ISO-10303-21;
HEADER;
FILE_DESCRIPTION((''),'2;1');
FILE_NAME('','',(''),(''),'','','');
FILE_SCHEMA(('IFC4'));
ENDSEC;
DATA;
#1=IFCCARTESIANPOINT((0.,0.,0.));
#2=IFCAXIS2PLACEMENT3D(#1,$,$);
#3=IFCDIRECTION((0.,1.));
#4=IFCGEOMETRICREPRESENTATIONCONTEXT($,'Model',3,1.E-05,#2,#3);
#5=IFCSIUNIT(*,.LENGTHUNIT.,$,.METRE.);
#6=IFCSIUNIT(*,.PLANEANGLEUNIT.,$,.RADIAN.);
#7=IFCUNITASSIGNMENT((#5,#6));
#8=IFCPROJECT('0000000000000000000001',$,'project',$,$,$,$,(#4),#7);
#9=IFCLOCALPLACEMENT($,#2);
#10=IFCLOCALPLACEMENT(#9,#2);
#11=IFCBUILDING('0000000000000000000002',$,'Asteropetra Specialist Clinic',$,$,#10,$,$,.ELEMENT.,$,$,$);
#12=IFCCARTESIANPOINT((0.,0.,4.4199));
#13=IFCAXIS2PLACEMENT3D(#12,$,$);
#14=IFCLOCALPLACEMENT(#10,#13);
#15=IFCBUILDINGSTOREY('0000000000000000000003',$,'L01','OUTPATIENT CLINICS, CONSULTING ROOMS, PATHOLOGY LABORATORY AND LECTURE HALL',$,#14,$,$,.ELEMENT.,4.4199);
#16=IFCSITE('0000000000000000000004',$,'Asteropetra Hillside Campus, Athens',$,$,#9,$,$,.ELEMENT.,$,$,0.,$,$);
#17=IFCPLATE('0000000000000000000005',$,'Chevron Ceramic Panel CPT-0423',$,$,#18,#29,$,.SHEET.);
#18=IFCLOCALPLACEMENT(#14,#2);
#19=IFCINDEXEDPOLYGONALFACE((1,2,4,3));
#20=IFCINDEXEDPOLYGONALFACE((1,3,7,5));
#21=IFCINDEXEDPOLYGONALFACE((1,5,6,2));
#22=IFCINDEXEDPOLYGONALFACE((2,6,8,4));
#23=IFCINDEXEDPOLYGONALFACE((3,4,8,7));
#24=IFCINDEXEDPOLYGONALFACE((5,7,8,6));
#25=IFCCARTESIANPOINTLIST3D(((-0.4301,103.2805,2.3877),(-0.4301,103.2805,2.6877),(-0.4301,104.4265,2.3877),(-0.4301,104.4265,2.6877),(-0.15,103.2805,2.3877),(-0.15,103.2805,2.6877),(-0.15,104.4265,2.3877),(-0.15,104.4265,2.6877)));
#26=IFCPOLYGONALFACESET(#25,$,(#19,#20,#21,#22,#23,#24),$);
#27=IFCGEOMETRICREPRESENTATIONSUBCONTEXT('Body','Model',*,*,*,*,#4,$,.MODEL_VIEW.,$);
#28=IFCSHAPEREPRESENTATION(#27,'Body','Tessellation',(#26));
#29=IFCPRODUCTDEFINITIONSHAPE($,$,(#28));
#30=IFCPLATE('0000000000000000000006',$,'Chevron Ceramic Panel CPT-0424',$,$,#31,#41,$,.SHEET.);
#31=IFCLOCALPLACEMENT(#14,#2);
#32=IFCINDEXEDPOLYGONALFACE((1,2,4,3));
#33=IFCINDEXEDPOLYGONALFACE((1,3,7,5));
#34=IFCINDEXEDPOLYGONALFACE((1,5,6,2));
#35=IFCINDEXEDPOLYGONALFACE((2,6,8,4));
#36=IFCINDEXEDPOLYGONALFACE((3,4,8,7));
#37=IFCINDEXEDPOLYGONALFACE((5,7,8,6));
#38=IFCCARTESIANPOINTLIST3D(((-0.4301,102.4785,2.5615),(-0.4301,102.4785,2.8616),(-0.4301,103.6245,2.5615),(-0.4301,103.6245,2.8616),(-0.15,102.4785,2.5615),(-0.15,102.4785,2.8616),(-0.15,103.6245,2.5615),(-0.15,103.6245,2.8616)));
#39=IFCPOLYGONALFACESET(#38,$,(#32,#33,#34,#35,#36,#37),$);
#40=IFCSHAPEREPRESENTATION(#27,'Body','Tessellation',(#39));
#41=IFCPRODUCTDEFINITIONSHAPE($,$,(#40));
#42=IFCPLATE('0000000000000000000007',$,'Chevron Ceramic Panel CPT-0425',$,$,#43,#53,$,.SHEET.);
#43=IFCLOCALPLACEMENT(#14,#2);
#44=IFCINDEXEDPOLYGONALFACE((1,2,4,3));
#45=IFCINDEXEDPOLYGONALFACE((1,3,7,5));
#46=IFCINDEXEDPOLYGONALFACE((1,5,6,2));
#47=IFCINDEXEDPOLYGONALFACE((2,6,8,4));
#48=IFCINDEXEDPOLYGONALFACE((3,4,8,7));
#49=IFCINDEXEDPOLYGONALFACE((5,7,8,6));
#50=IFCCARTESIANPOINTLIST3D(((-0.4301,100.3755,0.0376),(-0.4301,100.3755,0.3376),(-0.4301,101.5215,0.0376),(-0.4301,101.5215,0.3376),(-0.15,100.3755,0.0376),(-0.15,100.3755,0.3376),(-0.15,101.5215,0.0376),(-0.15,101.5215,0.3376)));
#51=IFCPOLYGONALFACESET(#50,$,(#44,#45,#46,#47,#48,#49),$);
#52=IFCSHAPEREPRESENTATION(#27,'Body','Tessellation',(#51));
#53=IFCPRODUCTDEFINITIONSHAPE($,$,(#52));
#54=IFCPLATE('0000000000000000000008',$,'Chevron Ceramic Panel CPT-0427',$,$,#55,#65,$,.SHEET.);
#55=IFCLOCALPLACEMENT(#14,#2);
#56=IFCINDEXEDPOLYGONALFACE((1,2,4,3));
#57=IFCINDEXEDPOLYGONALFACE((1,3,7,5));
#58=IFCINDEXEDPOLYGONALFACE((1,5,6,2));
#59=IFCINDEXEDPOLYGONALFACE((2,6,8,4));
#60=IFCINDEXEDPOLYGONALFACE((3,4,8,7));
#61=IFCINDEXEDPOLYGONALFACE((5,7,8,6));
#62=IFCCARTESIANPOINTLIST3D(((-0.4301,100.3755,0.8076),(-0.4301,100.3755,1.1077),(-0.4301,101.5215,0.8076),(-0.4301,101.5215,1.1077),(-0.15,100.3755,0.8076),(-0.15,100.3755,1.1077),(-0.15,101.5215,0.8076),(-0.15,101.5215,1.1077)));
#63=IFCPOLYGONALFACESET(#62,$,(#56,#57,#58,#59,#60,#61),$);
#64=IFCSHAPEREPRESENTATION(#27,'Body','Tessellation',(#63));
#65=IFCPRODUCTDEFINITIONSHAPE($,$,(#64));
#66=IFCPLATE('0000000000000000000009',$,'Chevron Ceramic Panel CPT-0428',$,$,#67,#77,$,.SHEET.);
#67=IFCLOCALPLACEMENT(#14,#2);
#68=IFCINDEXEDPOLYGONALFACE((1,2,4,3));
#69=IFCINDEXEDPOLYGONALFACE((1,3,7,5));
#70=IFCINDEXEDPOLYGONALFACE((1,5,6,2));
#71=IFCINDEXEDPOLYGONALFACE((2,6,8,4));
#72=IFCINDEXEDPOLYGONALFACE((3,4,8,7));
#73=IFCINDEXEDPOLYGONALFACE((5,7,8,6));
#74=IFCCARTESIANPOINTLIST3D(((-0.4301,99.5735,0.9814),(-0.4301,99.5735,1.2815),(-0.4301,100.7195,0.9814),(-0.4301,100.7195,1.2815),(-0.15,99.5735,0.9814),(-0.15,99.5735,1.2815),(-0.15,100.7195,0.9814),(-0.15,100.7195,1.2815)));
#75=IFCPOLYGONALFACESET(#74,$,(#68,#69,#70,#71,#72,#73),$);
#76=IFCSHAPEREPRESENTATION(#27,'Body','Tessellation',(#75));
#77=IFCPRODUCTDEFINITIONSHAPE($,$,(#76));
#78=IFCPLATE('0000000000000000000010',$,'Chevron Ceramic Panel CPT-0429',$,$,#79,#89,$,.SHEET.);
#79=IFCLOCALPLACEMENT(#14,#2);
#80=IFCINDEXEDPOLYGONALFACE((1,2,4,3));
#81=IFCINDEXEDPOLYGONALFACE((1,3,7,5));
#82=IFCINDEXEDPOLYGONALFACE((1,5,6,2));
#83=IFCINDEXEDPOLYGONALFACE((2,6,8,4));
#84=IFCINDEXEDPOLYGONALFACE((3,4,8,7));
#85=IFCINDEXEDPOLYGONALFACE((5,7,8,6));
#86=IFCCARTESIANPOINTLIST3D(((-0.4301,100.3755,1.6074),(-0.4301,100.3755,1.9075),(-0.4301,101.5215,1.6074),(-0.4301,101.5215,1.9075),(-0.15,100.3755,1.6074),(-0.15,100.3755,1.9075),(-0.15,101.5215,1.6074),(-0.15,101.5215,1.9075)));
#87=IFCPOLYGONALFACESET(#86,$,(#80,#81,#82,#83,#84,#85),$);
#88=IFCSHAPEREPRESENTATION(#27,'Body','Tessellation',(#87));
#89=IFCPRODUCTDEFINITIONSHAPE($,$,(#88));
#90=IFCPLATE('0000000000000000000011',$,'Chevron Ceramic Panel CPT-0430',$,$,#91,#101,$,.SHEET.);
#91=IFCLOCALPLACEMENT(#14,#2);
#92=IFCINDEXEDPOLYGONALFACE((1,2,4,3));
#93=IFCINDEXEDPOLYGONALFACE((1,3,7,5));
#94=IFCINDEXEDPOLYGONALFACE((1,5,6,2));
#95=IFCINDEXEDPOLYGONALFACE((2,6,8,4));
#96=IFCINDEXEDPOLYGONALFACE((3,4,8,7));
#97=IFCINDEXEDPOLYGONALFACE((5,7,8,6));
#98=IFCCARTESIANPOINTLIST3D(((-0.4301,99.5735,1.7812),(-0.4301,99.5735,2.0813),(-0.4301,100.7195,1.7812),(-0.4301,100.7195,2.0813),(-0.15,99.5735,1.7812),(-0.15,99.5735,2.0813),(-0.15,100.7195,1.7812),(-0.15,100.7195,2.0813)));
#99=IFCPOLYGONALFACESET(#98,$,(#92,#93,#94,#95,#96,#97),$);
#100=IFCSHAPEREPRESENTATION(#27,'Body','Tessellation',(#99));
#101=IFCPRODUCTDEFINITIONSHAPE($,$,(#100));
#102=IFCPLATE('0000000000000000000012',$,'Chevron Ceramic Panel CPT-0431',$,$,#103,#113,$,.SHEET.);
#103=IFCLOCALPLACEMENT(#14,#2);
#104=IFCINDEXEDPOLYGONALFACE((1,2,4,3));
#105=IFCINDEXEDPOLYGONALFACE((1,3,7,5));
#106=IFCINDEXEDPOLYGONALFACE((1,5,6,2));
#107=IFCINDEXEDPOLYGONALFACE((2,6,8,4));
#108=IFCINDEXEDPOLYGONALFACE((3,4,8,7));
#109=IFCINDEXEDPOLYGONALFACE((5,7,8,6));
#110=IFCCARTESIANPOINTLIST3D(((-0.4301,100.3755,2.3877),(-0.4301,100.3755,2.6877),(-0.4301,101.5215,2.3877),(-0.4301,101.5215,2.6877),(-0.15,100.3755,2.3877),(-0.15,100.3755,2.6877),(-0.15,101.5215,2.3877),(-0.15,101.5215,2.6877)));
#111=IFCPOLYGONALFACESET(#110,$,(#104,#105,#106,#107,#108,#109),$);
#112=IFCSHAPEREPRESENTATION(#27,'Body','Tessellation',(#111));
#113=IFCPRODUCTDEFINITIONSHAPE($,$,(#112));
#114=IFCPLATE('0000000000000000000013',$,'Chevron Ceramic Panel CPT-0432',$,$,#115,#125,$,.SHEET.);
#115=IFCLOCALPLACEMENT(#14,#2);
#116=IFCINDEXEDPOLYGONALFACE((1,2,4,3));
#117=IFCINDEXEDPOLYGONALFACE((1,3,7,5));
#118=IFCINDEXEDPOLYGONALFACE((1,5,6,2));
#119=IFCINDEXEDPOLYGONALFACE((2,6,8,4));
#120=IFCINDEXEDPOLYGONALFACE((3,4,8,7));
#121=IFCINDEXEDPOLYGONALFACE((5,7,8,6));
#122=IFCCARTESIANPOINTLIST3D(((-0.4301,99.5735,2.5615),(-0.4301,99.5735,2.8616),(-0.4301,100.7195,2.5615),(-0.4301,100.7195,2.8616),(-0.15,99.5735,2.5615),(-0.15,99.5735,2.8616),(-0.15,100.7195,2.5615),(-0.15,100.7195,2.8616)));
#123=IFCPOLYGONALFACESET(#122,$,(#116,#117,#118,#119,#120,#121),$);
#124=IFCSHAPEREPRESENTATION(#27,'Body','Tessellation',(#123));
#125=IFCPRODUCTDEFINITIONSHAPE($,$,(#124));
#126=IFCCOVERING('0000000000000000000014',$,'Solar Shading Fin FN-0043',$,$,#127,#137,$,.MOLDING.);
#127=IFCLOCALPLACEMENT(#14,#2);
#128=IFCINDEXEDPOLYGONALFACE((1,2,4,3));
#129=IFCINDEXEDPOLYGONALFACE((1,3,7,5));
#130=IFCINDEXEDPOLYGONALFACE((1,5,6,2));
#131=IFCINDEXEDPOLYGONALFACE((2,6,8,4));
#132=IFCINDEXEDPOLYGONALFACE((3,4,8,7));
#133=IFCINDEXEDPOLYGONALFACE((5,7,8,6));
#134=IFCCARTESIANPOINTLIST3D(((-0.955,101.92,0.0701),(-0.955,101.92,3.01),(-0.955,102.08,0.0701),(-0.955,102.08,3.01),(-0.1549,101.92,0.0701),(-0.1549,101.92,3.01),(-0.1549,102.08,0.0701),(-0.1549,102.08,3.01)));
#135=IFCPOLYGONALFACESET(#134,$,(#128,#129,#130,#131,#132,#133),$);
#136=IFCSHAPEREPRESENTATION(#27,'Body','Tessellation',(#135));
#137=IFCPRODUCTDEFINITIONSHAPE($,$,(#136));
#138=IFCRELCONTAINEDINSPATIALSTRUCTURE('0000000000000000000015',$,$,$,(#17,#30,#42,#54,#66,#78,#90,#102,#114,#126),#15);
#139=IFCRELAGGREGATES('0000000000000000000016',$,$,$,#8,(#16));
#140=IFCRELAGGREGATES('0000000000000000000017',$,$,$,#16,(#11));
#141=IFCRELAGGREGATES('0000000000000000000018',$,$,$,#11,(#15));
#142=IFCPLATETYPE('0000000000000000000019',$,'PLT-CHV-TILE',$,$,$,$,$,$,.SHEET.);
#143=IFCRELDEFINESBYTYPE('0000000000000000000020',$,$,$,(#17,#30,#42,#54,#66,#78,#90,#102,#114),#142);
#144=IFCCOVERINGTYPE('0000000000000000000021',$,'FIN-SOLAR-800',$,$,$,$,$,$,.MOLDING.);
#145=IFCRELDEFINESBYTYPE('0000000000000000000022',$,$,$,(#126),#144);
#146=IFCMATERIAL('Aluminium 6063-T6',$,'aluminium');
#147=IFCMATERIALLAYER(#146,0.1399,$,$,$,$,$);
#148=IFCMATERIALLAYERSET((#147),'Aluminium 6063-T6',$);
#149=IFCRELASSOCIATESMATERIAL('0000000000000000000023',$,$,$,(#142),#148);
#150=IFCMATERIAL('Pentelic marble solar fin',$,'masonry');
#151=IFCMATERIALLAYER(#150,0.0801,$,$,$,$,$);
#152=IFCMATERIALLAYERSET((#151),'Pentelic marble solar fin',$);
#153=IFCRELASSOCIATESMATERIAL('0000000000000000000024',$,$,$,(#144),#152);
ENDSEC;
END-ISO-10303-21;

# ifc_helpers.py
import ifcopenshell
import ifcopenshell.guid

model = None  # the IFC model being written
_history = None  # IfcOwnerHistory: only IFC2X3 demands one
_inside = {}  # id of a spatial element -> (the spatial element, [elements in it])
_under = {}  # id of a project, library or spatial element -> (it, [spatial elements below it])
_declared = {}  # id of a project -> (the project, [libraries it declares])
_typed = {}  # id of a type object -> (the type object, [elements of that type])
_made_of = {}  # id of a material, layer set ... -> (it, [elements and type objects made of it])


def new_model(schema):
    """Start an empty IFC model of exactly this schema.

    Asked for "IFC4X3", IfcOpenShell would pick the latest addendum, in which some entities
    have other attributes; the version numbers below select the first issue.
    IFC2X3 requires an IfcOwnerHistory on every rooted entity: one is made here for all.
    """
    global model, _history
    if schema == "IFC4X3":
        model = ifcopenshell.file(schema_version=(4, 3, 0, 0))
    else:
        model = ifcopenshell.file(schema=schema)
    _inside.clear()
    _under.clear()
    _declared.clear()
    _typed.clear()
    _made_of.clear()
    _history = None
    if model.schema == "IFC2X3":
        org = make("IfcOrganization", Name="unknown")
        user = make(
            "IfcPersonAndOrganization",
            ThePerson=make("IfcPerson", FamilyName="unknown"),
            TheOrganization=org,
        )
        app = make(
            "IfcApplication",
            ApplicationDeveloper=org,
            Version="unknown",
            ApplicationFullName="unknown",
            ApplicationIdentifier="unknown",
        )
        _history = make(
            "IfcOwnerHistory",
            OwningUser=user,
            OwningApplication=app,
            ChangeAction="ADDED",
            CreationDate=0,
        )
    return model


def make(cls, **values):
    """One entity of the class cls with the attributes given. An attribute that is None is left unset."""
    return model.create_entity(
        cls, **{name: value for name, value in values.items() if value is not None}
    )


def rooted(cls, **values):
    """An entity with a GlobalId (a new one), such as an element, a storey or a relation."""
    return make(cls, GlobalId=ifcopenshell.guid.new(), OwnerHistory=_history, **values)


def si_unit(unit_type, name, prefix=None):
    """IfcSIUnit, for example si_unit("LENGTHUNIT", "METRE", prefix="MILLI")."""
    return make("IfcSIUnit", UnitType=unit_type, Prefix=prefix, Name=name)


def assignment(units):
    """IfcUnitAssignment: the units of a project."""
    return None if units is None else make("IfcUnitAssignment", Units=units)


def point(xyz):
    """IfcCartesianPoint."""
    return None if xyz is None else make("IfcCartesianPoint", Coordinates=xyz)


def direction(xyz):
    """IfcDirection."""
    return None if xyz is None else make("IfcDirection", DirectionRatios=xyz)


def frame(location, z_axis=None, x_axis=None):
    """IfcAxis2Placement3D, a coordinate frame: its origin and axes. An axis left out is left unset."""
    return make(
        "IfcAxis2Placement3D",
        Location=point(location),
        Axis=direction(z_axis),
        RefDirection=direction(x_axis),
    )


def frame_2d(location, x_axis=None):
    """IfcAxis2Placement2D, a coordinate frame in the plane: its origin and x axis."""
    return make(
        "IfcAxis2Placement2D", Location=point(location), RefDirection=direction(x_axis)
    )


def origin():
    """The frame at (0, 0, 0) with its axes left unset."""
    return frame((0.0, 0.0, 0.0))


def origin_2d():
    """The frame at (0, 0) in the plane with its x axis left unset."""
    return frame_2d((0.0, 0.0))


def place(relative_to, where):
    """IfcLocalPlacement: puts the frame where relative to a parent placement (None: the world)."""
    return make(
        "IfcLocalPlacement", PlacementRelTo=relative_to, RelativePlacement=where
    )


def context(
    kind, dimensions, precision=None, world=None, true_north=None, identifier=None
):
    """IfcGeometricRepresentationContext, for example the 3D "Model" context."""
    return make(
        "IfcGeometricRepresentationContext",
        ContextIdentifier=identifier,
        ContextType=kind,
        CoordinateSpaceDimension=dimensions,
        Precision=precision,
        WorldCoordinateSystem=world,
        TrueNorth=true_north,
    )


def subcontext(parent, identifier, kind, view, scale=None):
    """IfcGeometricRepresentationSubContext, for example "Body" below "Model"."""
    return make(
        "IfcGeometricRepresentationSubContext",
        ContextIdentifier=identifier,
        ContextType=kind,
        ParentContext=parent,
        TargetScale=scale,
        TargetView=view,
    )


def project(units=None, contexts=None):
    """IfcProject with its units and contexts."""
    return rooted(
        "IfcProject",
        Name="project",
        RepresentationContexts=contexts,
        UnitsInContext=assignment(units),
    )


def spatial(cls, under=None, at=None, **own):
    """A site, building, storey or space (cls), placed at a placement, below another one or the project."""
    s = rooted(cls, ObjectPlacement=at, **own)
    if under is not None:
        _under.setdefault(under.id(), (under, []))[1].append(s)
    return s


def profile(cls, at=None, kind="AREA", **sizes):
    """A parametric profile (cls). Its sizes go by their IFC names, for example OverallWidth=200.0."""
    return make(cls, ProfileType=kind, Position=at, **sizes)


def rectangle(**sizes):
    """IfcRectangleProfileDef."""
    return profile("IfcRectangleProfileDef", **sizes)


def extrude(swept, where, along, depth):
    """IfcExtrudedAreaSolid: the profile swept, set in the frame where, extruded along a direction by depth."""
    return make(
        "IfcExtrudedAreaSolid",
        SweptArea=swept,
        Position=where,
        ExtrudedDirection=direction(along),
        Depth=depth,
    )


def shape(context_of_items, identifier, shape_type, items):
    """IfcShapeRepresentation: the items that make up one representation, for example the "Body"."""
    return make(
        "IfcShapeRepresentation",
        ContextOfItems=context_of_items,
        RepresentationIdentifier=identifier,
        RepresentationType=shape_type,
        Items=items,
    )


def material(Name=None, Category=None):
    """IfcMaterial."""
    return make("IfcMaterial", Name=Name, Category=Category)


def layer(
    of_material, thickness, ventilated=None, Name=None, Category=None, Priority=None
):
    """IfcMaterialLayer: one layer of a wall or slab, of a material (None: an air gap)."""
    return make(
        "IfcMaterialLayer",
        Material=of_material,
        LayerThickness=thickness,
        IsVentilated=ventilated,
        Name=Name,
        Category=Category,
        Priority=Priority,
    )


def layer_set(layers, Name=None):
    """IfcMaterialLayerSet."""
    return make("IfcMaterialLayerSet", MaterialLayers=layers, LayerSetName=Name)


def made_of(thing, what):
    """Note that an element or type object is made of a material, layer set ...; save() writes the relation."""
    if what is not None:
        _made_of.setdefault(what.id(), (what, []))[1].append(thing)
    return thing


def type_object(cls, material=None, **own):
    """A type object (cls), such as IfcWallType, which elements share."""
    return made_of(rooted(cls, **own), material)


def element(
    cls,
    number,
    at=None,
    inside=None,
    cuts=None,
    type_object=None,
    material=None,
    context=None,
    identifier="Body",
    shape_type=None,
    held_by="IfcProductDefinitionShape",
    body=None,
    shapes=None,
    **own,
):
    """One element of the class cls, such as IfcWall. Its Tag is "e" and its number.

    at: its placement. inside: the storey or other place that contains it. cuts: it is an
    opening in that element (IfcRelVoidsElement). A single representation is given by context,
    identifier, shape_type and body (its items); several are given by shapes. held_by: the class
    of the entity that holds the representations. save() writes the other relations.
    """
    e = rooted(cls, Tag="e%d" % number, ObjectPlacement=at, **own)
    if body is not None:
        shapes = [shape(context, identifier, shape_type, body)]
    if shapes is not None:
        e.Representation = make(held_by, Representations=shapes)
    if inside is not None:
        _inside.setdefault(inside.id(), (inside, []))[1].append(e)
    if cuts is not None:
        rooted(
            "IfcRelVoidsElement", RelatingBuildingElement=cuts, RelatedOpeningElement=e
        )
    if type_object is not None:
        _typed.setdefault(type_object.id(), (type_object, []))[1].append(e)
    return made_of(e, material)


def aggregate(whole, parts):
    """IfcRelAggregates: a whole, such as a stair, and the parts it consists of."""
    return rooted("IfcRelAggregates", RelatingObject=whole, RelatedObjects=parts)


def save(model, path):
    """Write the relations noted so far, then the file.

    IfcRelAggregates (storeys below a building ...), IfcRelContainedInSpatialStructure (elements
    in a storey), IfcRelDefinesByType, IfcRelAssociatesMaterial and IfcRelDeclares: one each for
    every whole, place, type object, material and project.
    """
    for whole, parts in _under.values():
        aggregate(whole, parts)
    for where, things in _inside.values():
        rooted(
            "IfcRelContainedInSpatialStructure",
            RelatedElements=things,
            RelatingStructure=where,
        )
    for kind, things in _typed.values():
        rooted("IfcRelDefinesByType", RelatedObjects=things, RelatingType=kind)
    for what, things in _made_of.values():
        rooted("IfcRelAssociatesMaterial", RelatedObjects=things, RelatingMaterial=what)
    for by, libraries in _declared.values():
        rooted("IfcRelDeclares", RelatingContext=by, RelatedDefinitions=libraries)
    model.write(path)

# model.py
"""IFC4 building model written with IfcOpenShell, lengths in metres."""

from ifc_helpers import new_model, si_unit, direction, frame, origin, origin_2d, place, context, subcontext, project, spatial, rectangle, extrude, material, layer, layer_set, type_object, element, save


model = new_model("IFC4")

# Units and contexts
model_context = context("Model", 3, precision=1e-05, world=origin(), true_north=direction((0.0, 1.0)))
body_context = subcontext(model_context, "Body", "Model", "MODEL_VIEW")
ifc_project = project(units=[si_unit("LENGTHUNIT", "METRE"), si_unit("PLANEANGLEUNIT", "RADIAN")], contexts=[model_context])

# Site, building, storey
site_placement = place(None, origin())
site = spatial("IfcSite", under=ifc_project, at=site_placement, Name="Asteropetra Hillside Campus, Athens", CompositionType="ELEMENT", RefElevation=0.0)
building_placement = place(site_placement, origin())
building = spatial("IfcBuilding", under=site, at=building_placement, Name="Asteropetra Specialist Clinic", CompositionType="ELEMENT")
storey_placement = place(building_placement, frame((0.0, 0.0, 4.4199)))
storey = spatial("IfcBuildingStorey", under=building, at=storey_placement, Name="L01", Description="OUTPATIENT CLINICS, CONSULTING ROOMS, PATHOLOGY LABORATORY AND LECTURE HALL", CompositionType="ELEMENT", Elevation=4.4199)

# Plates
ifc_material_1 = material(Name="Aluminium 6063-T6", Category="aluminium")
ifc_layer_1 = layer(ifc_material_1, 0.1399)
ifc_layer_set_1 = layer_set([ifc_layer_1], Name="Aluminium 6063-T6")
plate_type_1 = type_object("IfcPlateType", Name="PLT-CHV-TILE", PredefinedType="SHEET", material=ifc_layer_set_1)
for number, where, z_axis, x_axis, name in (
    (1, (-0.29, 103.8535, 2.3877), (0.0, 0.0, 1.0), (1.0, 0.0, 0.0), "Chevron Ceramic Panel CPT-0423"),
    (2, (-0.29, 103.0515, 2.5615), (0.0, 0.0, 1.0), (1.0, 0.0, 0.0), "Chevron Ceramic Panel CPT-0424"),
    (3, (-0.29, 100.9485, 0.0376), (0.0, 0.0, 1.0), (1.0, 0.0, 0.0), "Chevron Ceramic Panel CPT-0425"),
    (4, (-0.29, 100.9485, 0.8076), (0.0, 0.0, 1.0), (1.0, 0.0, 0.0), "Chevron Ceramic Panel CPT-0427"),
    (5, (-0.29, 100.1465, 0.9814), (0.0, 0.0, 1.0), (1.0, 0.0, 0.0), "Chevron Ceramic Panel CPT-0428"),
    (6, (-0.29, 100.9485, 1.6074), (0.0, 0.0, 1.0), (1.0, 0.0, 0.0), "Chevron Ceramic Panel CPT-0429"),
    (7, (-0.29, 100.1465, 1.7812), (0.0, 0.0, 1.0), (1.0, 0.0, 0.0), "Chevron Ceramic Panel CPT-0430"),
    (8, (-0.29, 100.9485, 2.3877), (0.0, 0.0, 1.0), (1.0, 0.0, 0.0), "Chevron Ceramic Panel CPT-0431"),
    (9, (-0.29, 100.1465, 2.5615), (0.0, 0.0, 1.0), (1.0, 0.0, 0.0), "Chevron Ceramic Panel CPT-0432"),
):
    element("IfcPlate", number, at=place(storey_placement, frame(where, z_axis=z_axis, x_axis=x_axis)), inside=storey, type_object=plate_type_1, Name=name, PredefinedType="SHEET", context=body_context, shape_type="SweptSolid", body=[
        extrude(rectangle(XDim=0.28, YDim=1.146, at=origin_2d()), origin(), (0.0, 0.0, 1.0), 0.3),
    ])

# Covering
ifc_material_2 = material(Name="Pentelic marble solar fin", Category="masonry")
ifc_layer_2 = layer(ifc_material_2, 0.0801)
ifc_layer_set_2 = layer_set([ifc_layer_2], Name="Pentelic marble solar fin")
covering_type = type_object("IfcCoveringType", Name="FIN-SOLAR-800", PredefinedType="MOLDING", material=ifc_layer_set_2)
covering_placement = place(storey_placement, frame((-0.5549, 102.0, 0.0701), z_axis=(0.0, 0.0, 1.0), x_axis=(1.0, 0.0, 0.0)))
element("IfcCovering", 10, at=covering_placement, inside=storey, type_object=covering_type, Name="Solar Shading Fin FN-0043", PredefinedType="MOLDING", context=body_context, shape_type="SweptSolid", body=[
    extrude(rectangle(XDim=0.8, YDim=0.1599, at=origin_2d()), origin(), (0.0, 0.0, 1.0), 2.9399),
])

save(model, "model.ifc")
